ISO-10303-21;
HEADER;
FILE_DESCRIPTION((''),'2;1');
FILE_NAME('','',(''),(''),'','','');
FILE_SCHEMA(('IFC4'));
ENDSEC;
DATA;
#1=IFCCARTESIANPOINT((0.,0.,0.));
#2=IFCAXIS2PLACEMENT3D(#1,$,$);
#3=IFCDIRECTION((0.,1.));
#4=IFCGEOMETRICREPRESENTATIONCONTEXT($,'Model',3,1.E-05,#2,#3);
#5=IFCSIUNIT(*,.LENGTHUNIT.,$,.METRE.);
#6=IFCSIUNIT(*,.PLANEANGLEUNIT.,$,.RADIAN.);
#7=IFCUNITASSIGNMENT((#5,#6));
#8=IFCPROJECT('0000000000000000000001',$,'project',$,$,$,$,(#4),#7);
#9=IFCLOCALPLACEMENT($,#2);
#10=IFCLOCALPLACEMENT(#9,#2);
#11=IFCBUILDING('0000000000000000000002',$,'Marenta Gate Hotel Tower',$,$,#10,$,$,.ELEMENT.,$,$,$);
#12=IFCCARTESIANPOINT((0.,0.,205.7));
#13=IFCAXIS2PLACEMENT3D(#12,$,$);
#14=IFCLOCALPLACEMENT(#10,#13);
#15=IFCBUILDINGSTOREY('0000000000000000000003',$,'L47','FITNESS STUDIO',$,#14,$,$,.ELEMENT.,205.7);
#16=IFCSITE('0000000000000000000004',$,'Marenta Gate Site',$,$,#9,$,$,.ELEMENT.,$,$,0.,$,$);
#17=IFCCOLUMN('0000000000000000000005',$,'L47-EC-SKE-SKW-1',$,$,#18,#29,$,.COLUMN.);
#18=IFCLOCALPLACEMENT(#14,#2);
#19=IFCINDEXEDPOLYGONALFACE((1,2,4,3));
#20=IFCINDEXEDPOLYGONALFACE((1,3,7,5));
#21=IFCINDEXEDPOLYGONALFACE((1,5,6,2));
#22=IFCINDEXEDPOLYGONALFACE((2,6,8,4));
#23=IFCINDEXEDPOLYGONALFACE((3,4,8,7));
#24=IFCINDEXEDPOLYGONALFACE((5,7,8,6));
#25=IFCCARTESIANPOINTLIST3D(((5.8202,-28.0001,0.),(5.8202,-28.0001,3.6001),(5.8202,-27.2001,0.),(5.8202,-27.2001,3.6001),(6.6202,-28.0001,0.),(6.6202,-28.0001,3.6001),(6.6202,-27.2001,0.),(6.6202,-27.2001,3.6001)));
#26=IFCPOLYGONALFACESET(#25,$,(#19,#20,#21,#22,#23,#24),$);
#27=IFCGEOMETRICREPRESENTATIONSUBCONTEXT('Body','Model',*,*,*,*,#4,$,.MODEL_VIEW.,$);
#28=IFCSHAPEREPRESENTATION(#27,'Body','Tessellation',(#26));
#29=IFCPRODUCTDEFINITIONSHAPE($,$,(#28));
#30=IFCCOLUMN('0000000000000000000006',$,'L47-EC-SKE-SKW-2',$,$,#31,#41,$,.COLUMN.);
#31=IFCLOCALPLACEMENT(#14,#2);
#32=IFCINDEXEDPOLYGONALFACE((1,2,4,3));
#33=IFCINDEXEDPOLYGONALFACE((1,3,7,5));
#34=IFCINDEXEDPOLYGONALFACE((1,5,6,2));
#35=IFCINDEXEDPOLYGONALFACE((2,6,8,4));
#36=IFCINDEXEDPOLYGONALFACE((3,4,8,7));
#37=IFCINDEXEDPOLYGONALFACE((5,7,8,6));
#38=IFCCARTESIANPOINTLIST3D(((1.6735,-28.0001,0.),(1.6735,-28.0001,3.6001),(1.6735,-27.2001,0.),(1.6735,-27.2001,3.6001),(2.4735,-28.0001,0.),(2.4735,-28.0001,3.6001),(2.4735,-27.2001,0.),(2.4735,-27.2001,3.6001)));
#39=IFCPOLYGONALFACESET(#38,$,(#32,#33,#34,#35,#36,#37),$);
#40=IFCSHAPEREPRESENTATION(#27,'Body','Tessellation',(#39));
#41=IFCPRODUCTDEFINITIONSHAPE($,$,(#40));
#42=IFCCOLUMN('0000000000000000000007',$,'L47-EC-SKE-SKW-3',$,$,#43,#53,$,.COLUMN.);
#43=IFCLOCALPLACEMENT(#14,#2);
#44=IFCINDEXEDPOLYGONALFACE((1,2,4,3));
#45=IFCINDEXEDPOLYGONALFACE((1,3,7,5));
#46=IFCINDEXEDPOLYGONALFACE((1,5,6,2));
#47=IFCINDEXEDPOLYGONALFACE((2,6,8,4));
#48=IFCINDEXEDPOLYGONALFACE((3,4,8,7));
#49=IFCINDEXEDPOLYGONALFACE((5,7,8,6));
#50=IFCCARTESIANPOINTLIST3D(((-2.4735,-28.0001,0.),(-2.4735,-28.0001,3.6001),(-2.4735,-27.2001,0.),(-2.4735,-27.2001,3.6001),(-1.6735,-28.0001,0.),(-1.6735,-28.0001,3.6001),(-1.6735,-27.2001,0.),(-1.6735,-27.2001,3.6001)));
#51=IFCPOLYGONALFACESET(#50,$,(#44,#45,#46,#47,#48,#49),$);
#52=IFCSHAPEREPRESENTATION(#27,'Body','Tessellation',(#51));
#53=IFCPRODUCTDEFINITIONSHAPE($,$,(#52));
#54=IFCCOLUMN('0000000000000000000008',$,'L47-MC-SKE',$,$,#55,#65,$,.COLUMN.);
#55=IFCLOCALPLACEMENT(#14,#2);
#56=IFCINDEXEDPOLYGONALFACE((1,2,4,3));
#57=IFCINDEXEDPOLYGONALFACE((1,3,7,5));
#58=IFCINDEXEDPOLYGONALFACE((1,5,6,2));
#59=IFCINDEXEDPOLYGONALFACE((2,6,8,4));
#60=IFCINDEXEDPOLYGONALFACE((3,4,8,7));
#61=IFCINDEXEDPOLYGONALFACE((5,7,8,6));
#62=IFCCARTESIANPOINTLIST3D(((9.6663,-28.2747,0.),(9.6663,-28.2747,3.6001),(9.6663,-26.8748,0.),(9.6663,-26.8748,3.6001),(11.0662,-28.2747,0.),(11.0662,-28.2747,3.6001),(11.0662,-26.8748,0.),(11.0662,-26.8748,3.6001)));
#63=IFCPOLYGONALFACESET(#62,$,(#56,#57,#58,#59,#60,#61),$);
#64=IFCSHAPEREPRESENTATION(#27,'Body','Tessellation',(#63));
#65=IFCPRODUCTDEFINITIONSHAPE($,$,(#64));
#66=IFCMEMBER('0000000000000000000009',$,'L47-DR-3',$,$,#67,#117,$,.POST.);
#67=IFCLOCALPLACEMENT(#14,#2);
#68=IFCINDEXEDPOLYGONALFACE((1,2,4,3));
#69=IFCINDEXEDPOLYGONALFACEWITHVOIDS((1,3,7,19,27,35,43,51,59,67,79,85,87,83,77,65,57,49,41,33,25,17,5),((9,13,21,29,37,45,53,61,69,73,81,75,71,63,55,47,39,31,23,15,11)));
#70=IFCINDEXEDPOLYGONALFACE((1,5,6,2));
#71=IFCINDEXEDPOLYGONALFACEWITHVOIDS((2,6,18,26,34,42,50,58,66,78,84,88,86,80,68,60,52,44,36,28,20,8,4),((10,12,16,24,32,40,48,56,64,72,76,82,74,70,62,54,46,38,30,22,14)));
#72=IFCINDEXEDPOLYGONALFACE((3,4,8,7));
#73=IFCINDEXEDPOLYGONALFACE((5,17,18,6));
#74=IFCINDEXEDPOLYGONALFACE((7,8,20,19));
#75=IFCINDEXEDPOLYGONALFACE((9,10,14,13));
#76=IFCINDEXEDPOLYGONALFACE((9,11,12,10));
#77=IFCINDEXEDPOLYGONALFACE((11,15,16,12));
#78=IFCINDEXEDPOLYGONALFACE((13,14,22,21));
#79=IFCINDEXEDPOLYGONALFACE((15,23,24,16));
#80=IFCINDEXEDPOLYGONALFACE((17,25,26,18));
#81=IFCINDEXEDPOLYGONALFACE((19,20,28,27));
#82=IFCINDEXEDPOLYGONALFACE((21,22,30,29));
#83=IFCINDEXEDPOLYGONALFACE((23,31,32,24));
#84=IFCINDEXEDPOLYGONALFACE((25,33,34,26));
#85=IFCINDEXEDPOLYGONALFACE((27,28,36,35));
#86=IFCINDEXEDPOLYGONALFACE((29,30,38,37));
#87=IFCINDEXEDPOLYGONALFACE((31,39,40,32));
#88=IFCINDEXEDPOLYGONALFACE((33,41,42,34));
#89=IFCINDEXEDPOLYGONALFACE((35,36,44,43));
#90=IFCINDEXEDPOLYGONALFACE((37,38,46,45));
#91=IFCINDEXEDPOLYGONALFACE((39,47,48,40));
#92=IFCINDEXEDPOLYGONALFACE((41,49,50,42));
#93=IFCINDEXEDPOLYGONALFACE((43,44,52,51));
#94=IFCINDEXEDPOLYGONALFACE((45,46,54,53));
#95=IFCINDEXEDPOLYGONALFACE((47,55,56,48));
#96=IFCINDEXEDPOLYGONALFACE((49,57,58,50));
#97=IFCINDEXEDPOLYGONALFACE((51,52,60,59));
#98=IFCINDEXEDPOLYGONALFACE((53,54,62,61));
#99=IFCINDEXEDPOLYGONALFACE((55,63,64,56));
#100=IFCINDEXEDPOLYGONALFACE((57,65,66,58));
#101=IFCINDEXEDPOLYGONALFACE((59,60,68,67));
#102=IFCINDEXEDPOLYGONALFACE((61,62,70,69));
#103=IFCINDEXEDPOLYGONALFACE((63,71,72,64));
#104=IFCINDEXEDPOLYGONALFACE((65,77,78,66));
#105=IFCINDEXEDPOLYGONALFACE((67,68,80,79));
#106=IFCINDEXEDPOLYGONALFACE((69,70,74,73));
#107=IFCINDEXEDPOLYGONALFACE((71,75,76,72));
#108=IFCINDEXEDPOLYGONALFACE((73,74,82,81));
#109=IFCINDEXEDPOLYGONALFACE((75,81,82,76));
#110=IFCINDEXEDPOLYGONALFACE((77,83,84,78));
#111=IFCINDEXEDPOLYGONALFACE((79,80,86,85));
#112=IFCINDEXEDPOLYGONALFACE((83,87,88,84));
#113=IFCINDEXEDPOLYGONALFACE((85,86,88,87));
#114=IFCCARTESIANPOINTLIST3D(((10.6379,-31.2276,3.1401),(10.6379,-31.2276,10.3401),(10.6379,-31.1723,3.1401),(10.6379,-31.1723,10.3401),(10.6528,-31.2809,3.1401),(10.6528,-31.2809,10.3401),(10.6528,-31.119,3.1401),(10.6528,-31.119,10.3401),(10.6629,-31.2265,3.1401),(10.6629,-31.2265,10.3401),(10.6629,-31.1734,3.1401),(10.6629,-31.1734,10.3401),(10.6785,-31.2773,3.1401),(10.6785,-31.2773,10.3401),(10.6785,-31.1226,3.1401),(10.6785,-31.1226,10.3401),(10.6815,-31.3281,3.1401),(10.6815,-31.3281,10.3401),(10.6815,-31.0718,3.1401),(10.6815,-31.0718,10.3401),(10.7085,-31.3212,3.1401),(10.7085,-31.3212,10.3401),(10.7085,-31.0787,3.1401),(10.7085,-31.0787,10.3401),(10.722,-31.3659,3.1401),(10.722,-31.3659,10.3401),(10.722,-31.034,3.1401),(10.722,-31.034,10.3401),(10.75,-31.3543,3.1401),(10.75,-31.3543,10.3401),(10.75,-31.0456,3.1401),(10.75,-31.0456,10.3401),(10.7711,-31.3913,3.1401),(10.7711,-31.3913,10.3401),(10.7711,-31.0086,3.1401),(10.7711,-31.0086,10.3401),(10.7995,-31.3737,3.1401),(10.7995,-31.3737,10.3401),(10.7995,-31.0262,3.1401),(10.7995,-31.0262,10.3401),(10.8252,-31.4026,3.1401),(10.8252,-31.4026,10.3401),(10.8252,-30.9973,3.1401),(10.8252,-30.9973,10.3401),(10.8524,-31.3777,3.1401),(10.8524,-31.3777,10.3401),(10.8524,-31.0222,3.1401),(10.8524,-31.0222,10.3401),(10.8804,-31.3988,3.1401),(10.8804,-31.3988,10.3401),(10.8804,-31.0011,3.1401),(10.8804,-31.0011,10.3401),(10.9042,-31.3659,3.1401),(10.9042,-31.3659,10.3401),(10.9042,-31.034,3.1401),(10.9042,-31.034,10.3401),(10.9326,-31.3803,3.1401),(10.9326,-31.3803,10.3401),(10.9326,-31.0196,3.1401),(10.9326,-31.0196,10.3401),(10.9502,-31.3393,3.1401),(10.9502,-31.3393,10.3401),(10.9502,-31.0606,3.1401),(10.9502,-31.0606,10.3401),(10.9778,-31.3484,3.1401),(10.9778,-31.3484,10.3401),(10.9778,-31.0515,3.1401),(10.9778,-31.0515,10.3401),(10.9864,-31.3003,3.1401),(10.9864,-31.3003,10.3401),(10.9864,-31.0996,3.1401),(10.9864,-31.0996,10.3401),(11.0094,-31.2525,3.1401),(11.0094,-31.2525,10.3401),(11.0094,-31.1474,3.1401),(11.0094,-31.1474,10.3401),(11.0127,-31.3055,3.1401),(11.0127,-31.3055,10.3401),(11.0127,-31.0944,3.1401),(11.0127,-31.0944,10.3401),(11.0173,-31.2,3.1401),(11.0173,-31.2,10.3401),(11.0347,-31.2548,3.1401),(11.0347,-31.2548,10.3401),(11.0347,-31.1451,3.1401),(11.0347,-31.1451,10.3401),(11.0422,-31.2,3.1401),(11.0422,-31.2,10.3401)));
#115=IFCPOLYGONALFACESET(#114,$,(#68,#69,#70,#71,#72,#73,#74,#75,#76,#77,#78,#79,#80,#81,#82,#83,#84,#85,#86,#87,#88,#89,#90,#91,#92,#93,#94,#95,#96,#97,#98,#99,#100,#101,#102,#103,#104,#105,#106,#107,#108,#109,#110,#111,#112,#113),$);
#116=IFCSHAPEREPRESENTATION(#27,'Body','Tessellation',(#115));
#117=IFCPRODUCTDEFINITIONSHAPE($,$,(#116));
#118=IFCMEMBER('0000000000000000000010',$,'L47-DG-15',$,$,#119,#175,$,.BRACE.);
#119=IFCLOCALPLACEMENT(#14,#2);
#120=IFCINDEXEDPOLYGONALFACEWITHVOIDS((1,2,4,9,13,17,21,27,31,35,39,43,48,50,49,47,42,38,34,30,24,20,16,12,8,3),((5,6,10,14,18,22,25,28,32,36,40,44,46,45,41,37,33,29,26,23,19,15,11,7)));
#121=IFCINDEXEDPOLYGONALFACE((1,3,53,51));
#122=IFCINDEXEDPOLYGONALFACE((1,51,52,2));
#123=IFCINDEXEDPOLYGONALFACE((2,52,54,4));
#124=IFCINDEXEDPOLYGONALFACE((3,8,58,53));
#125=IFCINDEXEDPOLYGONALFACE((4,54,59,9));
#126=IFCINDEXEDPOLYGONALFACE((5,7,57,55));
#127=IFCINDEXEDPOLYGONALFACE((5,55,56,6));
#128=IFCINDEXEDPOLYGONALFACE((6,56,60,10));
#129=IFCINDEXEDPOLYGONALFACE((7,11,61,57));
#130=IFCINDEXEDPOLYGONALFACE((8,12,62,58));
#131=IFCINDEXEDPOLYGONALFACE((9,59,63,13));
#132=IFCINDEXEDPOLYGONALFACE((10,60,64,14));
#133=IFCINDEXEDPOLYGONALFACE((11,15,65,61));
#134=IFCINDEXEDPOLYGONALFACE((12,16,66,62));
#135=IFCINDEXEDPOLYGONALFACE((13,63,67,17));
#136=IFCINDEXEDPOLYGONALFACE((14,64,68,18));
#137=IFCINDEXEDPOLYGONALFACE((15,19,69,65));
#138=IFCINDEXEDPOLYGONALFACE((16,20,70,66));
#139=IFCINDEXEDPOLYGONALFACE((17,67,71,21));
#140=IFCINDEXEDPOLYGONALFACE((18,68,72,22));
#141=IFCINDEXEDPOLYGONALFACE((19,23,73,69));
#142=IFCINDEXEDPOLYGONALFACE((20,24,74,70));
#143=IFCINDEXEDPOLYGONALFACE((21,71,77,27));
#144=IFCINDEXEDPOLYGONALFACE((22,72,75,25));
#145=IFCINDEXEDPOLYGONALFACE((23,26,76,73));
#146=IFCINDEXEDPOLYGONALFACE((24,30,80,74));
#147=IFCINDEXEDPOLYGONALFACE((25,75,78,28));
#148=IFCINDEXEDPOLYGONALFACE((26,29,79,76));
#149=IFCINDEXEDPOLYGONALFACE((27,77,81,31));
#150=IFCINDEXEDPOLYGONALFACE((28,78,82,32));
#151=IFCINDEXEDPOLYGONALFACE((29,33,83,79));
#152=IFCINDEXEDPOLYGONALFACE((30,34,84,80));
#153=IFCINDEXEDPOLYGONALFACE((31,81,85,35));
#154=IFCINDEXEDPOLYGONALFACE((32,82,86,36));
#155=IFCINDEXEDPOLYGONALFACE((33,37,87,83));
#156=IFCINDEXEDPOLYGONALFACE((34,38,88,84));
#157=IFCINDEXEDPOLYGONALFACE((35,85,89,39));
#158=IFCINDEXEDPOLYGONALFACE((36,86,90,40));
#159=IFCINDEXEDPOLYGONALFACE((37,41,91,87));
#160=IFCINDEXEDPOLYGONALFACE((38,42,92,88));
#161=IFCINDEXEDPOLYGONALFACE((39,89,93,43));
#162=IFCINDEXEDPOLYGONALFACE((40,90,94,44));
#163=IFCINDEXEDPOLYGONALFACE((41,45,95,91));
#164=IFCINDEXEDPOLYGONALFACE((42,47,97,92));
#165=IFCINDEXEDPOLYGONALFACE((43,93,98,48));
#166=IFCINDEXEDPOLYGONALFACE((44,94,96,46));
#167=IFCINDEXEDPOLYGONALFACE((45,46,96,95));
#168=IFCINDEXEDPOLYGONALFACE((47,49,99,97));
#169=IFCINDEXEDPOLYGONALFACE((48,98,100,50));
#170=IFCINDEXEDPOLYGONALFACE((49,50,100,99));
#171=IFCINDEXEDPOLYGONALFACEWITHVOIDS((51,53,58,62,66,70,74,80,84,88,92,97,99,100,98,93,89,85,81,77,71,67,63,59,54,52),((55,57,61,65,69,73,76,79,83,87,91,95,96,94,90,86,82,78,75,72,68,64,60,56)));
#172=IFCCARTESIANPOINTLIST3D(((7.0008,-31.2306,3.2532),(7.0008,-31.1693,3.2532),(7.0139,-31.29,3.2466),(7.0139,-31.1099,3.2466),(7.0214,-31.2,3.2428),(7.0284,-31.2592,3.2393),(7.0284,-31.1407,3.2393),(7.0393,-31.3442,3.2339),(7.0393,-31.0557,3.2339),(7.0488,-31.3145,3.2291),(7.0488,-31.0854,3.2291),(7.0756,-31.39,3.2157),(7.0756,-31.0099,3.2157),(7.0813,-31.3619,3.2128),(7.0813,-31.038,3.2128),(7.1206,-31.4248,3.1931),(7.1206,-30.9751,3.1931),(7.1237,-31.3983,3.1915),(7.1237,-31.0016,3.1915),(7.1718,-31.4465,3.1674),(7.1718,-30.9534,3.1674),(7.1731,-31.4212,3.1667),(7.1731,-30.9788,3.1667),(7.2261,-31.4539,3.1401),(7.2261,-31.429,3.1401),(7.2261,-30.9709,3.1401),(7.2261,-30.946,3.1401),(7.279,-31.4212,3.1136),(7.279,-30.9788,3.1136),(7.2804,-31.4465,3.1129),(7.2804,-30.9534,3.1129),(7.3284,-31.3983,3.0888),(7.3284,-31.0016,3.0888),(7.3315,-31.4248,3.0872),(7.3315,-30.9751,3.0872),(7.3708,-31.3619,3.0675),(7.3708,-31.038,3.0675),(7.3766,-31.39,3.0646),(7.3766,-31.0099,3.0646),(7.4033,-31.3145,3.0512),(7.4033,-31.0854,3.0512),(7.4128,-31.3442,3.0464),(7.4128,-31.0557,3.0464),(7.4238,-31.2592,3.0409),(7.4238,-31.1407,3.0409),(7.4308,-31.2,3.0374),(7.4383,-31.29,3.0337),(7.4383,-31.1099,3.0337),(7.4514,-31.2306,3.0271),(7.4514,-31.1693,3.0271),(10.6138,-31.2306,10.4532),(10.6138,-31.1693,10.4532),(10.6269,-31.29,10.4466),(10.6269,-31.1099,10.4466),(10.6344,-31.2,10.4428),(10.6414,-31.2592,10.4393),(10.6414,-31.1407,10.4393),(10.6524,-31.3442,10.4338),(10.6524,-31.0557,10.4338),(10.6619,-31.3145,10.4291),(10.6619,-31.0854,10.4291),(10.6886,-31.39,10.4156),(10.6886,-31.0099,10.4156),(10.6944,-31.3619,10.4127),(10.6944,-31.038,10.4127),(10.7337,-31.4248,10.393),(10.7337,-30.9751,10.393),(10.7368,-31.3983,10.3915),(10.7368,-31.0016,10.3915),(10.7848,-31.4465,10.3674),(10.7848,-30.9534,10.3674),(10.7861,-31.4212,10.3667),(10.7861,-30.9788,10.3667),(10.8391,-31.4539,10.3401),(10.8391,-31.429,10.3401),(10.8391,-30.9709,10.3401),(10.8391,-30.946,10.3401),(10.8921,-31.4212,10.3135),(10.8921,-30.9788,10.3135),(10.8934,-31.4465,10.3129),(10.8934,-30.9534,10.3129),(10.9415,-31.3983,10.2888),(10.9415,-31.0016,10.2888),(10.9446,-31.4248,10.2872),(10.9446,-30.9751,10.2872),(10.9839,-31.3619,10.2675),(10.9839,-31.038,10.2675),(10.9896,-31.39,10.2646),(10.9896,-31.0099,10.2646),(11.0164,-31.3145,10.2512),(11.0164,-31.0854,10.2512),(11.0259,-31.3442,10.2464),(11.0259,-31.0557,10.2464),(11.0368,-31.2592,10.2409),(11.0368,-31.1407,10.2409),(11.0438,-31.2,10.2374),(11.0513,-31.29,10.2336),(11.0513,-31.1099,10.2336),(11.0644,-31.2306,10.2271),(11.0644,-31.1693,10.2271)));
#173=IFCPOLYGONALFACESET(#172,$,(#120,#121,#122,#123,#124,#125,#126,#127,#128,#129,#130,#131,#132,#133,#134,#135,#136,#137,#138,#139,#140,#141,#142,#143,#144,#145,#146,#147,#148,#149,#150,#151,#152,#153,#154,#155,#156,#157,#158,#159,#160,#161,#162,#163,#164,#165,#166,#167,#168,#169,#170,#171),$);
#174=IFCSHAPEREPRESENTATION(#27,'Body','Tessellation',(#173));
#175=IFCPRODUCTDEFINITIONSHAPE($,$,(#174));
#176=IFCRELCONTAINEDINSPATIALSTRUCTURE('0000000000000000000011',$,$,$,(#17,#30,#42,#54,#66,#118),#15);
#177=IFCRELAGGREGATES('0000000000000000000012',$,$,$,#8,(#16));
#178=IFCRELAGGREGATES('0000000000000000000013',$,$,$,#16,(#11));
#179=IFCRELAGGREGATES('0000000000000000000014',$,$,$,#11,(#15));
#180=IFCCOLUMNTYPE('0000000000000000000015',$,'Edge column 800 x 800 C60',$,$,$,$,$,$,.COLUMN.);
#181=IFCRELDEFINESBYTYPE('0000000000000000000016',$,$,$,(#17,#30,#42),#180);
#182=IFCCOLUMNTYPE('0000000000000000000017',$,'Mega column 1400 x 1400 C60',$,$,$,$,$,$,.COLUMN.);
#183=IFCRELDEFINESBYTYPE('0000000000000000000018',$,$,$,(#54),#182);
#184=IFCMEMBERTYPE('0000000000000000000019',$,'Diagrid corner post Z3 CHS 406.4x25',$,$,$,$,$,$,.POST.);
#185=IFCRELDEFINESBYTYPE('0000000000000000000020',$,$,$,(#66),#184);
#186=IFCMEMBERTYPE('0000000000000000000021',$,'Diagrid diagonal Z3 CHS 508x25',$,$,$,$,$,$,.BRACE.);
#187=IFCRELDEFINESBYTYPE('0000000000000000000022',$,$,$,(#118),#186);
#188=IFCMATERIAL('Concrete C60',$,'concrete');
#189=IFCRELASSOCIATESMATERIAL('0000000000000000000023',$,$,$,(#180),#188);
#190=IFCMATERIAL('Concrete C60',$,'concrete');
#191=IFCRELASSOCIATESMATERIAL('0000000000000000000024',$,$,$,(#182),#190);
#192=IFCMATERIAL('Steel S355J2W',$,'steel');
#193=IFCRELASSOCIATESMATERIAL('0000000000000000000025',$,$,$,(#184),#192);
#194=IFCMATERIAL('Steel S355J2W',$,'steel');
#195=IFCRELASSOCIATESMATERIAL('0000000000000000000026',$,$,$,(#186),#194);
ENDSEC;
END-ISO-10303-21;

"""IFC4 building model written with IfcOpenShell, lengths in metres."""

from ifc_helpers import new_model, si_unit, direction, frame, origin, origin_2d, place, context, subcontext, project, spatial, rectangle, hollow_circle, extrude, material, material_profile, profile_set, type_object, element, save


model = new_model("IFC4")

# Units and contexts
model_context = context("Model", 3, precision=1e-05, world=origin(), true_north=direction((0.0, 1.0)))
body_context = subcontext(model_context, "Body", "Model", "MODEL_VIEW")
ifc_project = project(units=[si_unit("LENGTHUNIT", "METRE"), si_unit("PLANEANGLEUNIT", "RADIAN")], contexts=[model_context])

# Site, building, storey
site_placement = place(None, origin())
site = spatial("IfcSite", under=ifc_project, at=site_placement, Name="Marenta Gate Site", CompositionType="ELEMENT", RefElevation=0.0)
building_placement = place(site_placement, origin())
building = spatial("IfcBuilding", under=site, at=building_placement, Name="Marenta Gate Hotel Tower", CompositionType="ELEMENT")
storey_placement = place(building_placement, frame((0.0, 0.0, 205.7)))
storey = spatial("IfcBuildingStorey", under=building, at=storey_placement, Name="L47", Description="FITNESS STUDIO", CompositionType="ELEMENT", Elevation=205.7)

# Columns
ifc_material_1 = material(Name="Concrete C60", Category="concrete")
ifc_material_profile_1 = material_profile(ifc_material_1, rectangle(XDim=0.8, YDim=0.8, at=origin_2d()), Name="800 x 800")
ifc_profile_set_1 = profile_set([ifc_material_profile_1], Name="Concrete C60")
column_type_1 = type_object("IfcColumnType", Name="Edge column 800 x 800 C60", PredefinedType="COLUMN", material=ifc_profile_set_1)
for number, where, z_axis, x_axis, name in (
    (1, (6.2202, -27.6001, 0.0), (0.0, 0.0, 1.0), (1.0, 0.0, 0.0), "L47-EC-SKE-SKW-1"),
    (2, (2.0735, -27.6001, 0.0), (0.0, 0.0, 1.0), (1.0, 0.0, 0.0), "L47-EC-SKE-SKW-2"),
    (3, (-2.0735, -27.6001, 0.0), (0.0, 0.0, 1.0), (1.0, 0.0, 0.0), "L47-EC-SKE-SKW-3"),
):
    element("IfcColumn", number, at=place(storey_placement, frame(where, z_axis=z_axis, x_axis=x_axis)), inside=storey, type_object=column_type_1, Name=name, PredefinedType="COLUMN", context=body_context, shape_type="SweptSolid", body=[
        extrude(rectangle(XDim=0.8, YDim=0.8, at=origin_2d()), origin(), (0.0, 0.0, 1.0), 3.6001),
    ])
ifc_material_2 = material(Name="Concrete C60", Category="concrete")
ifc_material_profile_2 = material_profile(ifc_material_2, rectangle(XDim=1.3999, YDim=1.3999, at=origin_2d()), Name="1400 x 1400")
ifc_profile_set_2 = profile_set([ifc_material_profile_2], Name="Concrete C60")
column_type_2 = type_object("IfcColumnType", Name="Mega column 1400 x 1400 C60", PredefinedType="COLUMN", material=ifc_profile_set_2)
column_placement = place(storey_placement, frame((10.3662, -27.5747, 0.0), z_axis=(0.0, 0.0, 1.0), x_axis=(1.0, 0.0, 0.0)))
element("IfcColumn", 4, at=column_placement, inside=storey, type_object=column_type_2, Name="L47-MC-SKE", PredefinedType="COLUMN", context=body_context, shape_type="SweptSolid", body=[
    extrude(rectangle(XDim=1.3999, YDim=1.3999, at=origin_2d()), origin(), (0.0, 0.0, 1.0), 3.6001),
])

# Members
ifc_material_3 = material(Name="Steel S355J2W", Category="steel")
ifc_material_profile_3 = material_profile(ifc_material_3, hollow_circle(Radius=0.2031, WallThickness=0.0249, at=origin_2d()), Name="CHS 406.4x25")
ifc_profile_set_3 = profile_set([ifc_material_profile_3], Name="Steel S355J2W")
member_type_1 = type_object("IfcMemberType", Name="Diagrid corner post Z3 CHS 406.4x25", PredefinedType="POST", material=ifc_profile_set_3)
member_1_placement = place(storey_placement, frame((10.8391, -31.2, 3.1401), z_axis=(0.0, 0.0, 1.0), x_axis=(1.0, 0.0, 0.0)))
element("IfcMember", 5, at=member_1_placement, inside=storey, type_object=member_type_1, Name="L47-DR-3", PredefinedType="POST", context=body_context, shape_type="SweptSolid", body=[
    extrude(hollow_circle(Radius=0.2031, WallThickness=0.0249, at=origin_2d()), origin(), (0.0, 0.0, 1.0), 7.2),
])
ifc_material_4 = material(Name="Steel S355J2W", Category="steel")
ifc_material_profile_4 = material_profile(ifc_material_4, hollow_circle(Radius=0.2539, WallThickness=0.0249, at=origin_2d()), Name="CHS 508x25")
ifc_profile_set_4 = profile_set([ifc_material_profile_4], Name="Steel S355J2W")
member_type_2 = type_object("IfcMemberType", Name="Diagrid diagonal Z3 CHS 508x25", PredefinedType="BRACE", material=ifc_profile_set_4)
for number, where, z_axis, x_axis, name in (
    (6, (7.2261, -31.2, 3.1401), (0.44851, 0.0, 0.893778), (0.0, 1.0, 0.0), "L47-DG-15"),
):
    element("IfcMember", number, at=place(storey_placement, frame(where, z_axis=z_axis, x_axis=x_axis)), inside=storey, type_object=member_type_2, Name=name, PredefinedType="BRACE", context=body_context, shape_type="SweptSolid", body=[
        extrude(hollow_circle(Radius=0.2539, WallThickness=0.0249, at=origin_2d()), origin(), (0.0, 0.0, 1.0), 8.0557),
    ])

save(model, "model.ifc")
